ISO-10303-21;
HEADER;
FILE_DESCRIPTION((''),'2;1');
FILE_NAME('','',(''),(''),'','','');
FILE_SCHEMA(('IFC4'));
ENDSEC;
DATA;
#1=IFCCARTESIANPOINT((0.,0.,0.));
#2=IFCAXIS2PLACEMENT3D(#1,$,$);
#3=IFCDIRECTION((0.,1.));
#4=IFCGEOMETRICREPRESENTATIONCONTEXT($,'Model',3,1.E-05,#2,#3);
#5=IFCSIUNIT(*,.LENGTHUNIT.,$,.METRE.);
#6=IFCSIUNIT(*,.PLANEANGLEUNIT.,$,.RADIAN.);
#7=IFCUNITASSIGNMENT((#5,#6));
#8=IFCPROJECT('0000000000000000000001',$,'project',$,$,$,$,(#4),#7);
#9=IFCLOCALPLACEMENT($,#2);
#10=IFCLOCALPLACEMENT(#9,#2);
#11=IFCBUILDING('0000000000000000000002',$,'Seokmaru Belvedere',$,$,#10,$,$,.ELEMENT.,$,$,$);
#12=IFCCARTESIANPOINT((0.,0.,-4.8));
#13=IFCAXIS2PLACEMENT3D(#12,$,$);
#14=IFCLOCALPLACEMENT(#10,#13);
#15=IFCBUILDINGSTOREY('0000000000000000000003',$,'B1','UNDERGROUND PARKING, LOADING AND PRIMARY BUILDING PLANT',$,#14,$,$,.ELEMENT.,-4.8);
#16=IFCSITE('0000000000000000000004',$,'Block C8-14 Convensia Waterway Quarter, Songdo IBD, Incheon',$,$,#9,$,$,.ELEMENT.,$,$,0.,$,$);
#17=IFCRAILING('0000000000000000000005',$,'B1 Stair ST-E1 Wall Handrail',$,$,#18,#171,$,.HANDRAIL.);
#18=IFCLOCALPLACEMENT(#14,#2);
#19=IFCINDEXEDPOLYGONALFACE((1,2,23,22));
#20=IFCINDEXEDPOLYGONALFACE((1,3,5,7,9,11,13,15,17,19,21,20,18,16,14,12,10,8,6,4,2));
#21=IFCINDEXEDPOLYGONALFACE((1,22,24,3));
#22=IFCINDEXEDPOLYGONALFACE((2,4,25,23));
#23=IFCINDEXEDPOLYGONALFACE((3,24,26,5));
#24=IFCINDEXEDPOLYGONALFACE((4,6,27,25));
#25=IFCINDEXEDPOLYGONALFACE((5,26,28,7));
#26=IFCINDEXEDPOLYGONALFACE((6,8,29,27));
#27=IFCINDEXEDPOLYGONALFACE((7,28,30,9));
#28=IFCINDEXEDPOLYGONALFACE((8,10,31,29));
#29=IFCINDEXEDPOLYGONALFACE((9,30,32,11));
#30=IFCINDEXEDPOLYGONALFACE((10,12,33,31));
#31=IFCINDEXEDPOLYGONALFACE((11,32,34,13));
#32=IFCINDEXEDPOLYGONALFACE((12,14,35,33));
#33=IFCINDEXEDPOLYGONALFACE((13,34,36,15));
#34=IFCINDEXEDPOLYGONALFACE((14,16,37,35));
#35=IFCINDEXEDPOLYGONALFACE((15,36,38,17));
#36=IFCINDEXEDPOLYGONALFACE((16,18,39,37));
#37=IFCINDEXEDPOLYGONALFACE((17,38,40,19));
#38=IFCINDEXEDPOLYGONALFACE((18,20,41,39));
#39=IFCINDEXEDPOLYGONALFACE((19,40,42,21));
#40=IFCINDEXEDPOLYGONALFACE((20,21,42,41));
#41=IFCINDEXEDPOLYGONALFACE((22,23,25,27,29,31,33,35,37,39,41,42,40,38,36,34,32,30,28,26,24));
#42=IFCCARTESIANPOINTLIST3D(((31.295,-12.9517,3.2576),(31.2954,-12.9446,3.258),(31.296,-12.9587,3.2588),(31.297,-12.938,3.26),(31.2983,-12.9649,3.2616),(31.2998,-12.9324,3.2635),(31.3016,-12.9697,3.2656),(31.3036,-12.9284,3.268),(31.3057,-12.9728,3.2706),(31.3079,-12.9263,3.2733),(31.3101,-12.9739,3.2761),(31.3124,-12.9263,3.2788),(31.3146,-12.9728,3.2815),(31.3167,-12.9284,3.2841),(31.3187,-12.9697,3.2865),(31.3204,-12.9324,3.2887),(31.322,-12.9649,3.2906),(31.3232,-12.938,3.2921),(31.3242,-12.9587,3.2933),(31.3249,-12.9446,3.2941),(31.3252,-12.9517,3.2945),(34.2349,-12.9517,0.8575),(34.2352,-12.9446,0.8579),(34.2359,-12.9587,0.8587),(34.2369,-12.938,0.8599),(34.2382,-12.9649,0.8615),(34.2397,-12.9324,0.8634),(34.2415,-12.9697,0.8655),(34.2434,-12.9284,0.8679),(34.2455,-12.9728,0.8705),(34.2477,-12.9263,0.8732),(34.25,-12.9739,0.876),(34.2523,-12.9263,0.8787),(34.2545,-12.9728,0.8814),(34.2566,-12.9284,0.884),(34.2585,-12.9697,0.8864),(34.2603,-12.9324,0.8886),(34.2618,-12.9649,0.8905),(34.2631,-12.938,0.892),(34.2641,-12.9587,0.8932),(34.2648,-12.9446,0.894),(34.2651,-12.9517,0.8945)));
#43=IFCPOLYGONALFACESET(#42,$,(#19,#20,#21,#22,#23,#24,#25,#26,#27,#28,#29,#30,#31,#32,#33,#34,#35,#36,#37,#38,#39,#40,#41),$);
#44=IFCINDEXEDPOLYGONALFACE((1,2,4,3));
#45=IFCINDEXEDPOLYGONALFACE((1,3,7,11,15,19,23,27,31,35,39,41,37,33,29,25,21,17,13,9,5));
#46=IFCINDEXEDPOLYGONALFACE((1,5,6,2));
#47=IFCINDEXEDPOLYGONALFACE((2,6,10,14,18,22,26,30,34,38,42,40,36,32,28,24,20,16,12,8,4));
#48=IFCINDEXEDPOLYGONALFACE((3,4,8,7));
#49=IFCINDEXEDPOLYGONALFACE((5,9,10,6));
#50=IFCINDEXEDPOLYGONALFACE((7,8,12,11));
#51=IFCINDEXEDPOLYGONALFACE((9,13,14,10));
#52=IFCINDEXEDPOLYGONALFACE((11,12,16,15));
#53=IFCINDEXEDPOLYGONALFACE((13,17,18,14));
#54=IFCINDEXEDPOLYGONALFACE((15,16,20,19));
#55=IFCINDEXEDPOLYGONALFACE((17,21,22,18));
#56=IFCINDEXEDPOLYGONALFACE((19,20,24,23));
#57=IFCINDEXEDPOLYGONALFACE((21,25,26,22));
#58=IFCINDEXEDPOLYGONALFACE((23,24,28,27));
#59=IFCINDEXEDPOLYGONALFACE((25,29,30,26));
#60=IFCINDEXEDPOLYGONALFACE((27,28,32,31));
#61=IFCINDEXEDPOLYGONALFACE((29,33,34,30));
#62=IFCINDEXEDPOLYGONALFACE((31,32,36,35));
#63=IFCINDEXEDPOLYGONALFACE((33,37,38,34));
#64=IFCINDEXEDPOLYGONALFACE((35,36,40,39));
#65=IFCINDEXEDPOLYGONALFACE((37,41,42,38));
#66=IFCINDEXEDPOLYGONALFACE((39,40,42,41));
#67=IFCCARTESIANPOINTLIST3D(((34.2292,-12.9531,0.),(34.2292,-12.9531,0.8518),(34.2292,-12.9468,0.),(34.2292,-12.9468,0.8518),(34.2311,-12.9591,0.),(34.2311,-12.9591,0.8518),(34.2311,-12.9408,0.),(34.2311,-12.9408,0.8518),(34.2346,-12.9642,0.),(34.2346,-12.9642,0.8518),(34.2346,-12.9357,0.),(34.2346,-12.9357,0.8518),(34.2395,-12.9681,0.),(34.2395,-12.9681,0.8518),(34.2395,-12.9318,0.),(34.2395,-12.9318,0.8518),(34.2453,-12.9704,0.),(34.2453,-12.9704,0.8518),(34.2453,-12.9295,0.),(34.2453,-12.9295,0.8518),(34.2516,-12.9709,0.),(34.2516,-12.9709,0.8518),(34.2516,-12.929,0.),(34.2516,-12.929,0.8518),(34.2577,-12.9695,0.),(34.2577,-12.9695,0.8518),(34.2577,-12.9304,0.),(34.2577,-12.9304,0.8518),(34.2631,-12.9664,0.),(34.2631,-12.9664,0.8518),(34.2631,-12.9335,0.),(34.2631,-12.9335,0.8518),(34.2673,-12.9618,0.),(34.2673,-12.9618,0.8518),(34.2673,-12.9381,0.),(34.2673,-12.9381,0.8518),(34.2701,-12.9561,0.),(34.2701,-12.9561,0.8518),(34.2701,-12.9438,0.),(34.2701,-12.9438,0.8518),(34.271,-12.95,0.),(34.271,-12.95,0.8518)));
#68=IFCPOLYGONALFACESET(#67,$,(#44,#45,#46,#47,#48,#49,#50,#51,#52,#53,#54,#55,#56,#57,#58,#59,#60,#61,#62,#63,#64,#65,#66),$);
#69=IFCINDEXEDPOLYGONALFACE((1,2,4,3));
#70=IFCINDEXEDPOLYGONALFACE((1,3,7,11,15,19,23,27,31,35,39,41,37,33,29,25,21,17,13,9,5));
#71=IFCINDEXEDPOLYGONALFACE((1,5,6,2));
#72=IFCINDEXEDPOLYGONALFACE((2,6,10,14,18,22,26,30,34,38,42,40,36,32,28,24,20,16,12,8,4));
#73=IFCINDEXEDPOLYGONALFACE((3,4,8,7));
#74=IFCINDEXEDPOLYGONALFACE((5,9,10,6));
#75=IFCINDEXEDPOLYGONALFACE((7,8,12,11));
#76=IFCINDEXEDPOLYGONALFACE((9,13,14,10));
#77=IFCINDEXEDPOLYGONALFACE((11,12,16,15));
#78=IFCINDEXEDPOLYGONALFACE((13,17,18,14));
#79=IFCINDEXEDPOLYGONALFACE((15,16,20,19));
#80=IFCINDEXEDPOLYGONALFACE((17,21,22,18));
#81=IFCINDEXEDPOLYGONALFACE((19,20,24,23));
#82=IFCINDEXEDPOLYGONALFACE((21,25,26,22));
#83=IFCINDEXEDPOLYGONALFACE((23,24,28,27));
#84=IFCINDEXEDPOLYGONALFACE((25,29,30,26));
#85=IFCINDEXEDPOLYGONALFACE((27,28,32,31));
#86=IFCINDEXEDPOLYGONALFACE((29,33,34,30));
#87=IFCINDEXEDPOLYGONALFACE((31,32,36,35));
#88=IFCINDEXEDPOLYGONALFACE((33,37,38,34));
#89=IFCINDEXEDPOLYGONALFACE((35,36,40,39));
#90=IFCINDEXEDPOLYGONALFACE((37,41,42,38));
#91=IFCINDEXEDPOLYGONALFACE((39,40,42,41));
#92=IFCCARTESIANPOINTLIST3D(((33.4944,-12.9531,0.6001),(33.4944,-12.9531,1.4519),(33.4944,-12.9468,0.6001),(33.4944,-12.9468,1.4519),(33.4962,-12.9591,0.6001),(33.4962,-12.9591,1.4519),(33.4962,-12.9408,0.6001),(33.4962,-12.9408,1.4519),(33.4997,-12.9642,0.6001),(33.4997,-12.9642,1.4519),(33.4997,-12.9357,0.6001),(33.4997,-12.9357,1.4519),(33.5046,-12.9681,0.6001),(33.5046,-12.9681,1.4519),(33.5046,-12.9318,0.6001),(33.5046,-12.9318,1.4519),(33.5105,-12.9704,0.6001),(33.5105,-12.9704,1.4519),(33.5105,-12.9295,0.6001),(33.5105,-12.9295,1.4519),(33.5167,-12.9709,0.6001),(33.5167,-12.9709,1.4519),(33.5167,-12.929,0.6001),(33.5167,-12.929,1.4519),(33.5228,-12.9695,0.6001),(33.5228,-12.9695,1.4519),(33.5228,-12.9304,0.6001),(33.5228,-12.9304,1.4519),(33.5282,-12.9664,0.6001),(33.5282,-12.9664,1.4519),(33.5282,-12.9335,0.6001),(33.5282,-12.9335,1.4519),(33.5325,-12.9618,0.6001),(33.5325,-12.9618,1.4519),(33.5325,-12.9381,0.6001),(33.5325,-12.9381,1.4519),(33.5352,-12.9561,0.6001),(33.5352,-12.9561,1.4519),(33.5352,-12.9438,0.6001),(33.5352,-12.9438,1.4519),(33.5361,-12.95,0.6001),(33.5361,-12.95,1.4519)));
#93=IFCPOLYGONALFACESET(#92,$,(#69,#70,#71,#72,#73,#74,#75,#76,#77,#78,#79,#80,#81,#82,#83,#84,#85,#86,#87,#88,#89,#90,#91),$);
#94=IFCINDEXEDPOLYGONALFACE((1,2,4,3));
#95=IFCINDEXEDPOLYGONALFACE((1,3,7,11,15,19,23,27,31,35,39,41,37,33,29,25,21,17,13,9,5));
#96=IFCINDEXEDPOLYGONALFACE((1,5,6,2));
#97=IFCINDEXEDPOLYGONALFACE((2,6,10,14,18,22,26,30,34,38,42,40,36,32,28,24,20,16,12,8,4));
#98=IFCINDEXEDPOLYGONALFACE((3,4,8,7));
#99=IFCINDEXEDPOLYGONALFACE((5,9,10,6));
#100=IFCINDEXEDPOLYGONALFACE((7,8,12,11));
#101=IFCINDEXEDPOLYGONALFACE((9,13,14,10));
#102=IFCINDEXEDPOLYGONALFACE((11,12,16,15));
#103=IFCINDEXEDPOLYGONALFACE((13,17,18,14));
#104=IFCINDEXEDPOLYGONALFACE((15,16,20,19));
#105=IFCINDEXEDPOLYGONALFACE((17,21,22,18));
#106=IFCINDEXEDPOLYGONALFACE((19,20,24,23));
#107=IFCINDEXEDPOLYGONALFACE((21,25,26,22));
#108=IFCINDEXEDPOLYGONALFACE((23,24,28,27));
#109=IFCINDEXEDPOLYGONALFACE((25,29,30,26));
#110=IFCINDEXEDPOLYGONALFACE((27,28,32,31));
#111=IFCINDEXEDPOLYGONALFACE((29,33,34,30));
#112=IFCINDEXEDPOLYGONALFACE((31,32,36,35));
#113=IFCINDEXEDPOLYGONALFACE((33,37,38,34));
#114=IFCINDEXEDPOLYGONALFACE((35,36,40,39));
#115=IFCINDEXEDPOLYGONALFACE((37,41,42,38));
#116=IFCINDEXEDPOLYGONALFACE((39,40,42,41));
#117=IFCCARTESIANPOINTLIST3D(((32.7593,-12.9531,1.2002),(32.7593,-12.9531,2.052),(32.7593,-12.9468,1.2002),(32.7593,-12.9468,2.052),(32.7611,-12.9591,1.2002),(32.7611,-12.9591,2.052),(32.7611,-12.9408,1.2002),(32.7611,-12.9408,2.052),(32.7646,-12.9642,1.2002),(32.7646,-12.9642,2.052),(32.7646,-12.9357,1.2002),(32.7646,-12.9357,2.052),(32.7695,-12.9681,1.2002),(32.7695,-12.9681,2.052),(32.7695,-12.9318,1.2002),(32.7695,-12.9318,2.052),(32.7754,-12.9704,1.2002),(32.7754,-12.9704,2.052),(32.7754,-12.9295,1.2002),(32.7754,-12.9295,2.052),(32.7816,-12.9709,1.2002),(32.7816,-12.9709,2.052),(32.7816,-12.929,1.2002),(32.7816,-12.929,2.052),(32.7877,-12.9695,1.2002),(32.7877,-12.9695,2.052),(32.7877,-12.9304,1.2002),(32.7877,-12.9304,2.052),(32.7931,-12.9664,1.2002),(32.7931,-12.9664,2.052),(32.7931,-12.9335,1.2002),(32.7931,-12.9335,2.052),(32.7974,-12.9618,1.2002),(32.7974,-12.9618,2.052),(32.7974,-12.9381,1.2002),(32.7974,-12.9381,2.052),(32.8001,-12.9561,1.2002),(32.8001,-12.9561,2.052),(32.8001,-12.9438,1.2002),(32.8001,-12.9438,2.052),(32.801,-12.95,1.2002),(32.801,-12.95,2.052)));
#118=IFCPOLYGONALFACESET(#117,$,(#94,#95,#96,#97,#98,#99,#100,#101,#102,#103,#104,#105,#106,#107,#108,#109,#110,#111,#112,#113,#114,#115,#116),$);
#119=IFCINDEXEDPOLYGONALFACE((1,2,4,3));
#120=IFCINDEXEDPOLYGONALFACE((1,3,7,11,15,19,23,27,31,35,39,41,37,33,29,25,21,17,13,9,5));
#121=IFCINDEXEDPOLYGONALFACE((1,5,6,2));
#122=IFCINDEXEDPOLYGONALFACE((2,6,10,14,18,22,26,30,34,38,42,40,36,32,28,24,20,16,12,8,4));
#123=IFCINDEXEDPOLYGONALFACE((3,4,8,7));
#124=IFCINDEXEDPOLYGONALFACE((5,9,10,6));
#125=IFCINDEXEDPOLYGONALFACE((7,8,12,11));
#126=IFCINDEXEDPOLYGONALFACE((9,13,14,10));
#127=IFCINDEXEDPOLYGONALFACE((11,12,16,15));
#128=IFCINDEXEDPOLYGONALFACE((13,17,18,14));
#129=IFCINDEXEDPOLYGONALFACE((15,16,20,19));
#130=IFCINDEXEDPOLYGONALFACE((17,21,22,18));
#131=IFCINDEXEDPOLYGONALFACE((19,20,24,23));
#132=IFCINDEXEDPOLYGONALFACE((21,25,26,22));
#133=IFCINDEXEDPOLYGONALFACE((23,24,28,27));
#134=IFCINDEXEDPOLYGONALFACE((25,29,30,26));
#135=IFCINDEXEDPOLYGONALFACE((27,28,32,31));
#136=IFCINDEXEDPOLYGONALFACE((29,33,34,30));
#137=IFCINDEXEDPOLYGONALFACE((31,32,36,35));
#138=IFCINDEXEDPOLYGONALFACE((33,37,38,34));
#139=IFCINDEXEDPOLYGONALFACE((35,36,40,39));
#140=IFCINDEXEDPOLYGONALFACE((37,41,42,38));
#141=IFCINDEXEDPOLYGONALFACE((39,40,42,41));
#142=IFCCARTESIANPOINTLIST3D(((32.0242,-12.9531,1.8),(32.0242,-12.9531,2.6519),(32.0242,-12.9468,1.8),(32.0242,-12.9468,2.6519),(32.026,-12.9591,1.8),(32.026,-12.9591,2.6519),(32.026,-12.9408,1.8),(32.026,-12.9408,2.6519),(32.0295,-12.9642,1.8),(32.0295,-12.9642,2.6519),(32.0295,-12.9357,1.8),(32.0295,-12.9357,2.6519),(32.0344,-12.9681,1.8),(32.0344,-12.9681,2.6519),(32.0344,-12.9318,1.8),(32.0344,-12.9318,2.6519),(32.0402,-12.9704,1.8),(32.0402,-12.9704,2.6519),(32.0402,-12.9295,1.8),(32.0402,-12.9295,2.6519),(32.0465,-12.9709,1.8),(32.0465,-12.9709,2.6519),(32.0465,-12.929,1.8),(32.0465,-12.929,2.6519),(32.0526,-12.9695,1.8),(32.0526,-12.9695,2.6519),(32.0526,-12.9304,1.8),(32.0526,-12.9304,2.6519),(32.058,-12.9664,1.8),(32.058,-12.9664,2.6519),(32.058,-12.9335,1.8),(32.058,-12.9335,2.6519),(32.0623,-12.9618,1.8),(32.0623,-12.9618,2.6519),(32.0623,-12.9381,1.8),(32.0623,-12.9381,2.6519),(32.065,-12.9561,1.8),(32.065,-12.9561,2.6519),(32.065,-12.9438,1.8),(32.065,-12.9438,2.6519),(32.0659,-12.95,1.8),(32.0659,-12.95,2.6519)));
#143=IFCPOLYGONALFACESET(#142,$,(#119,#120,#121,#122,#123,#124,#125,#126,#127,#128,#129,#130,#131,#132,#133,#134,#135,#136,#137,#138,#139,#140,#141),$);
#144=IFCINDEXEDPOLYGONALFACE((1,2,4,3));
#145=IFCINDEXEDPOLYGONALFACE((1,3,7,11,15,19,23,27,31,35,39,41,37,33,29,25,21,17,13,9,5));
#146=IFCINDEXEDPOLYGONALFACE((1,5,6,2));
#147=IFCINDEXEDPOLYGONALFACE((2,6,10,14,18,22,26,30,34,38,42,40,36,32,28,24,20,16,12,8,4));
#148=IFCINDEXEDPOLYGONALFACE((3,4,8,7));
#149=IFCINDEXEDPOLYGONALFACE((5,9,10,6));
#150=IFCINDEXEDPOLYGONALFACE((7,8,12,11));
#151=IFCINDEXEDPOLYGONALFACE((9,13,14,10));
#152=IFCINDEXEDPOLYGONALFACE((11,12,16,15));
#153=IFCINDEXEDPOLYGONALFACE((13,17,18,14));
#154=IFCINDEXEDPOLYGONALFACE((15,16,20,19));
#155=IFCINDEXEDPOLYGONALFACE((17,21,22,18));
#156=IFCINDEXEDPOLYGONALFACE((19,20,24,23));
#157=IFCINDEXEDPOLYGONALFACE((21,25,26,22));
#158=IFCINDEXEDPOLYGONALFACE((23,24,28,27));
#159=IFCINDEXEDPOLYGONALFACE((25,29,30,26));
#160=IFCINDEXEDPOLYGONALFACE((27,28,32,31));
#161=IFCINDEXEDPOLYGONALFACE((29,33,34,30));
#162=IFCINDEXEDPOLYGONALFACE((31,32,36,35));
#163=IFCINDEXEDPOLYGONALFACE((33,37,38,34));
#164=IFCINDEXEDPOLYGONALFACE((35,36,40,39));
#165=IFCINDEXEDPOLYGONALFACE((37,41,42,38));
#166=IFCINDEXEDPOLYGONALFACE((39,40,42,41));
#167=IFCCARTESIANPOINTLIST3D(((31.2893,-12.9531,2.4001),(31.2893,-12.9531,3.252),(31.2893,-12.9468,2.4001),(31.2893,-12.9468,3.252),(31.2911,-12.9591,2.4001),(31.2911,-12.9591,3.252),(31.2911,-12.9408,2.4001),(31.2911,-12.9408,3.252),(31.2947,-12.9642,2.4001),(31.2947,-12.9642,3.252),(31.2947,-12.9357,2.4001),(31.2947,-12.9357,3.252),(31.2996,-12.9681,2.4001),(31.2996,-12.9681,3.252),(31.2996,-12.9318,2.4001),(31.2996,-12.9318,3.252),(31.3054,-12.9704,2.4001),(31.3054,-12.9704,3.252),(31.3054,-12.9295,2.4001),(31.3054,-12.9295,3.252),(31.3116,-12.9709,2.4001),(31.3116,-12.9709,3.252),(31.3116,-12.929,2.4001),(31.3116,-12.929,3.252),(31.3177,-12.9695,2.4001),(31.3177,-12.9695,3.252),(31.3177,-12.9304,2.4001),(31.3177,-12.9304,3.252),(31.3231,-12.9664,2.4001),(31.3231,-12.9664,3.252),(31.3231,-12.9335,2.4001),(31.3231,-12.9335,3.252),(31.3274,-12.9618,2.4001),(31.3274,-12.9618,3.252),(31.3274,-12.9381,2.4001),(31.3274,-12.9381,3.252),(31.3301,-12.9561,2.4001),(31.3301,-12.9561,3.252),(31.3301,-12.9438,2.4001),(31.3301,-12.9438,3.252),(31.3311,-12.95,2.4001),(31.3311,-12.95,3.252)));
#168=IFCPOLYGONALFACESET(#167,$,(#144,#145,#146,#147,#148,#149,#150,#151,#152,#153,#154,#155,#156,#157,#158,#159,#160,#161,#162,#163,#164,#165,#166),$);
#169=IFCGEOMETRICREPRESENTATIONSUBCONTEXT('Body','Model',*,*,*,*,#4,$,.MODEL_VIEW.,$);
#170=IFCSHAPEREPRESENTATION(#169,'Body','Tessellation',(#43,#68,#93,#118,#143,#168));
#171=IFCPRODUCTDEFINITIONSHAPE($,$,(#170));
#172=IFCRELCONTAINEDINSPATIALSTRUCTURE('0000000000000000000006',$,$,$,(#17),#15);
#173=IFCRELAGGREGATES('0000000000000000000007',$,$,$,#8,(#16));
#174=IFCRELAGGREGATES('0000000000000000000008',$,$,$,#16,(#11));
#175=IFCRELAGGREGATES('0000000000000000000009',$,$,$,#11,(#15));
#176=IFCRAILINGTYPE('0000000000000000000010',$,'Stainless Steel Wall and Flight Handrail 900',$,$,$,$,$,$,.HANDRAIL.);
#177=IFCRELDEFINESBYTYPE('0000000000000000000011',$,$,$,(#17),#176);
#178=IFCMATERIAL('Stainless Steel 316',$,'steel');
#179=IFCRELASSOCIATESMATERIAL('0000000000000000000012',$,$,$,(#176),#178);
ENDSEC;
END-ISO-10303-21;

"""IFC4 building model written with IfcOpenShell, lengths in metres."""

from ifc_helpers import new_model, si_unit, direction, frame, origin, origin_2d, place, context, subcontext, project, spatial, circle, extrude, material, type_object, element, save


model = new_model("IFC4")

# Units and contexts
model_context = context("Model", 3, precision=1e-05, world=origin(), true_north=direction((0.0, 1.0)))
body_context = subcontext(model_context, "Body", "Model", "MODEL_VIEW")
ifc_project = project(units=[si_unit("LENGTHUNIT", "METRE"), si_unit("PLANEANGLEUNIT", "RADIAN")], contexts=[model_context])

# Site, building, storey
site_placement = place(None, origin())
site = spatial("IfcSite", under=ifc_project, at=site_placement, Name="Block C8-14 Convensia Waterway Quarter, Songdo IBD, Incheon", CompositionType="ELEMENT", RefElevation=0.0)
building_placement = place(site_placement, origin())
building = spatial("IfcBuilding", under=site, at=building_placement, Name="Seokmaru Belvedere", CompositionType="ELEMENT")
storey_placement = place(building_placement, frame((0.0, 0.0, -4.8)))
storey = spatial("IfcBuildingStorey", under=building, at=storey_placement, Name="B1", Description="UNDERGROUND PARKING, LOADING AND PRIMARY BUILDING PLANT", CompositionType="ELEMENT", Elevation=-4.8)

# Shared definitions
ifc_material_1 = material(Name="Stainless Steel 316", Category="steel")

# Railing
railing_type_1 = type_object("IfcRailingType", Name="Stainless Steel Wall and Flight Handrail 900", PredefinedType="HANDRAIL", material=ifc_material_1)
railing_1_placement = place(storey_placement, frame((34.25, -12.95, 0.0)))
element("IfcRailing", 1, at=railing_1_placement, inside=storey, type_object=railing_type_1, Name="B1 Stair ST-E1 Wall Handrail", PredefinedType="HANDRAIL", context=body_context, shape_type="SweptSolid", body=[
    extrude(circle(Radius=0.0239, at=origin_2d()), frame((0.0, 0.0, 0.876), z_axis=(-0.774636, 0.0, 0.632407), x_axis=(0.0, -1.0, 0.0)), (0.0, 0.0, 1.0), 3.7952),
    extrude(circle(Radius=0.021, at=origin_2d()), origin(), (0.0, 0.0, 1.0), 0.8518),
    extrude(circle(Radius=0.021, at=origin_2d()), frame((-0.7349, 0.0, 0.6001)), (0.0, 0.0, 1.0), 0.8518),
    extrude(circle(Radius=0.021, at=origin_2d()), frame((-1.47, 0.0, 1.2002)), (0.0, 0.0, 1.0), 0.8518),
    extrude(circle(Radius=0.021, at=origin_2d()), frame((-2.2051, 0.0, 1.8)), (0.0, 0.0, 1.0), 0.8518),
    extrude(circle(Radius=0.021, at=origin_2d()), frame((-2.9399, 0.0, 2.4001)), (0.0, 0.0, 1.0), 0.8518),
])

save(model, "model.ifc")
